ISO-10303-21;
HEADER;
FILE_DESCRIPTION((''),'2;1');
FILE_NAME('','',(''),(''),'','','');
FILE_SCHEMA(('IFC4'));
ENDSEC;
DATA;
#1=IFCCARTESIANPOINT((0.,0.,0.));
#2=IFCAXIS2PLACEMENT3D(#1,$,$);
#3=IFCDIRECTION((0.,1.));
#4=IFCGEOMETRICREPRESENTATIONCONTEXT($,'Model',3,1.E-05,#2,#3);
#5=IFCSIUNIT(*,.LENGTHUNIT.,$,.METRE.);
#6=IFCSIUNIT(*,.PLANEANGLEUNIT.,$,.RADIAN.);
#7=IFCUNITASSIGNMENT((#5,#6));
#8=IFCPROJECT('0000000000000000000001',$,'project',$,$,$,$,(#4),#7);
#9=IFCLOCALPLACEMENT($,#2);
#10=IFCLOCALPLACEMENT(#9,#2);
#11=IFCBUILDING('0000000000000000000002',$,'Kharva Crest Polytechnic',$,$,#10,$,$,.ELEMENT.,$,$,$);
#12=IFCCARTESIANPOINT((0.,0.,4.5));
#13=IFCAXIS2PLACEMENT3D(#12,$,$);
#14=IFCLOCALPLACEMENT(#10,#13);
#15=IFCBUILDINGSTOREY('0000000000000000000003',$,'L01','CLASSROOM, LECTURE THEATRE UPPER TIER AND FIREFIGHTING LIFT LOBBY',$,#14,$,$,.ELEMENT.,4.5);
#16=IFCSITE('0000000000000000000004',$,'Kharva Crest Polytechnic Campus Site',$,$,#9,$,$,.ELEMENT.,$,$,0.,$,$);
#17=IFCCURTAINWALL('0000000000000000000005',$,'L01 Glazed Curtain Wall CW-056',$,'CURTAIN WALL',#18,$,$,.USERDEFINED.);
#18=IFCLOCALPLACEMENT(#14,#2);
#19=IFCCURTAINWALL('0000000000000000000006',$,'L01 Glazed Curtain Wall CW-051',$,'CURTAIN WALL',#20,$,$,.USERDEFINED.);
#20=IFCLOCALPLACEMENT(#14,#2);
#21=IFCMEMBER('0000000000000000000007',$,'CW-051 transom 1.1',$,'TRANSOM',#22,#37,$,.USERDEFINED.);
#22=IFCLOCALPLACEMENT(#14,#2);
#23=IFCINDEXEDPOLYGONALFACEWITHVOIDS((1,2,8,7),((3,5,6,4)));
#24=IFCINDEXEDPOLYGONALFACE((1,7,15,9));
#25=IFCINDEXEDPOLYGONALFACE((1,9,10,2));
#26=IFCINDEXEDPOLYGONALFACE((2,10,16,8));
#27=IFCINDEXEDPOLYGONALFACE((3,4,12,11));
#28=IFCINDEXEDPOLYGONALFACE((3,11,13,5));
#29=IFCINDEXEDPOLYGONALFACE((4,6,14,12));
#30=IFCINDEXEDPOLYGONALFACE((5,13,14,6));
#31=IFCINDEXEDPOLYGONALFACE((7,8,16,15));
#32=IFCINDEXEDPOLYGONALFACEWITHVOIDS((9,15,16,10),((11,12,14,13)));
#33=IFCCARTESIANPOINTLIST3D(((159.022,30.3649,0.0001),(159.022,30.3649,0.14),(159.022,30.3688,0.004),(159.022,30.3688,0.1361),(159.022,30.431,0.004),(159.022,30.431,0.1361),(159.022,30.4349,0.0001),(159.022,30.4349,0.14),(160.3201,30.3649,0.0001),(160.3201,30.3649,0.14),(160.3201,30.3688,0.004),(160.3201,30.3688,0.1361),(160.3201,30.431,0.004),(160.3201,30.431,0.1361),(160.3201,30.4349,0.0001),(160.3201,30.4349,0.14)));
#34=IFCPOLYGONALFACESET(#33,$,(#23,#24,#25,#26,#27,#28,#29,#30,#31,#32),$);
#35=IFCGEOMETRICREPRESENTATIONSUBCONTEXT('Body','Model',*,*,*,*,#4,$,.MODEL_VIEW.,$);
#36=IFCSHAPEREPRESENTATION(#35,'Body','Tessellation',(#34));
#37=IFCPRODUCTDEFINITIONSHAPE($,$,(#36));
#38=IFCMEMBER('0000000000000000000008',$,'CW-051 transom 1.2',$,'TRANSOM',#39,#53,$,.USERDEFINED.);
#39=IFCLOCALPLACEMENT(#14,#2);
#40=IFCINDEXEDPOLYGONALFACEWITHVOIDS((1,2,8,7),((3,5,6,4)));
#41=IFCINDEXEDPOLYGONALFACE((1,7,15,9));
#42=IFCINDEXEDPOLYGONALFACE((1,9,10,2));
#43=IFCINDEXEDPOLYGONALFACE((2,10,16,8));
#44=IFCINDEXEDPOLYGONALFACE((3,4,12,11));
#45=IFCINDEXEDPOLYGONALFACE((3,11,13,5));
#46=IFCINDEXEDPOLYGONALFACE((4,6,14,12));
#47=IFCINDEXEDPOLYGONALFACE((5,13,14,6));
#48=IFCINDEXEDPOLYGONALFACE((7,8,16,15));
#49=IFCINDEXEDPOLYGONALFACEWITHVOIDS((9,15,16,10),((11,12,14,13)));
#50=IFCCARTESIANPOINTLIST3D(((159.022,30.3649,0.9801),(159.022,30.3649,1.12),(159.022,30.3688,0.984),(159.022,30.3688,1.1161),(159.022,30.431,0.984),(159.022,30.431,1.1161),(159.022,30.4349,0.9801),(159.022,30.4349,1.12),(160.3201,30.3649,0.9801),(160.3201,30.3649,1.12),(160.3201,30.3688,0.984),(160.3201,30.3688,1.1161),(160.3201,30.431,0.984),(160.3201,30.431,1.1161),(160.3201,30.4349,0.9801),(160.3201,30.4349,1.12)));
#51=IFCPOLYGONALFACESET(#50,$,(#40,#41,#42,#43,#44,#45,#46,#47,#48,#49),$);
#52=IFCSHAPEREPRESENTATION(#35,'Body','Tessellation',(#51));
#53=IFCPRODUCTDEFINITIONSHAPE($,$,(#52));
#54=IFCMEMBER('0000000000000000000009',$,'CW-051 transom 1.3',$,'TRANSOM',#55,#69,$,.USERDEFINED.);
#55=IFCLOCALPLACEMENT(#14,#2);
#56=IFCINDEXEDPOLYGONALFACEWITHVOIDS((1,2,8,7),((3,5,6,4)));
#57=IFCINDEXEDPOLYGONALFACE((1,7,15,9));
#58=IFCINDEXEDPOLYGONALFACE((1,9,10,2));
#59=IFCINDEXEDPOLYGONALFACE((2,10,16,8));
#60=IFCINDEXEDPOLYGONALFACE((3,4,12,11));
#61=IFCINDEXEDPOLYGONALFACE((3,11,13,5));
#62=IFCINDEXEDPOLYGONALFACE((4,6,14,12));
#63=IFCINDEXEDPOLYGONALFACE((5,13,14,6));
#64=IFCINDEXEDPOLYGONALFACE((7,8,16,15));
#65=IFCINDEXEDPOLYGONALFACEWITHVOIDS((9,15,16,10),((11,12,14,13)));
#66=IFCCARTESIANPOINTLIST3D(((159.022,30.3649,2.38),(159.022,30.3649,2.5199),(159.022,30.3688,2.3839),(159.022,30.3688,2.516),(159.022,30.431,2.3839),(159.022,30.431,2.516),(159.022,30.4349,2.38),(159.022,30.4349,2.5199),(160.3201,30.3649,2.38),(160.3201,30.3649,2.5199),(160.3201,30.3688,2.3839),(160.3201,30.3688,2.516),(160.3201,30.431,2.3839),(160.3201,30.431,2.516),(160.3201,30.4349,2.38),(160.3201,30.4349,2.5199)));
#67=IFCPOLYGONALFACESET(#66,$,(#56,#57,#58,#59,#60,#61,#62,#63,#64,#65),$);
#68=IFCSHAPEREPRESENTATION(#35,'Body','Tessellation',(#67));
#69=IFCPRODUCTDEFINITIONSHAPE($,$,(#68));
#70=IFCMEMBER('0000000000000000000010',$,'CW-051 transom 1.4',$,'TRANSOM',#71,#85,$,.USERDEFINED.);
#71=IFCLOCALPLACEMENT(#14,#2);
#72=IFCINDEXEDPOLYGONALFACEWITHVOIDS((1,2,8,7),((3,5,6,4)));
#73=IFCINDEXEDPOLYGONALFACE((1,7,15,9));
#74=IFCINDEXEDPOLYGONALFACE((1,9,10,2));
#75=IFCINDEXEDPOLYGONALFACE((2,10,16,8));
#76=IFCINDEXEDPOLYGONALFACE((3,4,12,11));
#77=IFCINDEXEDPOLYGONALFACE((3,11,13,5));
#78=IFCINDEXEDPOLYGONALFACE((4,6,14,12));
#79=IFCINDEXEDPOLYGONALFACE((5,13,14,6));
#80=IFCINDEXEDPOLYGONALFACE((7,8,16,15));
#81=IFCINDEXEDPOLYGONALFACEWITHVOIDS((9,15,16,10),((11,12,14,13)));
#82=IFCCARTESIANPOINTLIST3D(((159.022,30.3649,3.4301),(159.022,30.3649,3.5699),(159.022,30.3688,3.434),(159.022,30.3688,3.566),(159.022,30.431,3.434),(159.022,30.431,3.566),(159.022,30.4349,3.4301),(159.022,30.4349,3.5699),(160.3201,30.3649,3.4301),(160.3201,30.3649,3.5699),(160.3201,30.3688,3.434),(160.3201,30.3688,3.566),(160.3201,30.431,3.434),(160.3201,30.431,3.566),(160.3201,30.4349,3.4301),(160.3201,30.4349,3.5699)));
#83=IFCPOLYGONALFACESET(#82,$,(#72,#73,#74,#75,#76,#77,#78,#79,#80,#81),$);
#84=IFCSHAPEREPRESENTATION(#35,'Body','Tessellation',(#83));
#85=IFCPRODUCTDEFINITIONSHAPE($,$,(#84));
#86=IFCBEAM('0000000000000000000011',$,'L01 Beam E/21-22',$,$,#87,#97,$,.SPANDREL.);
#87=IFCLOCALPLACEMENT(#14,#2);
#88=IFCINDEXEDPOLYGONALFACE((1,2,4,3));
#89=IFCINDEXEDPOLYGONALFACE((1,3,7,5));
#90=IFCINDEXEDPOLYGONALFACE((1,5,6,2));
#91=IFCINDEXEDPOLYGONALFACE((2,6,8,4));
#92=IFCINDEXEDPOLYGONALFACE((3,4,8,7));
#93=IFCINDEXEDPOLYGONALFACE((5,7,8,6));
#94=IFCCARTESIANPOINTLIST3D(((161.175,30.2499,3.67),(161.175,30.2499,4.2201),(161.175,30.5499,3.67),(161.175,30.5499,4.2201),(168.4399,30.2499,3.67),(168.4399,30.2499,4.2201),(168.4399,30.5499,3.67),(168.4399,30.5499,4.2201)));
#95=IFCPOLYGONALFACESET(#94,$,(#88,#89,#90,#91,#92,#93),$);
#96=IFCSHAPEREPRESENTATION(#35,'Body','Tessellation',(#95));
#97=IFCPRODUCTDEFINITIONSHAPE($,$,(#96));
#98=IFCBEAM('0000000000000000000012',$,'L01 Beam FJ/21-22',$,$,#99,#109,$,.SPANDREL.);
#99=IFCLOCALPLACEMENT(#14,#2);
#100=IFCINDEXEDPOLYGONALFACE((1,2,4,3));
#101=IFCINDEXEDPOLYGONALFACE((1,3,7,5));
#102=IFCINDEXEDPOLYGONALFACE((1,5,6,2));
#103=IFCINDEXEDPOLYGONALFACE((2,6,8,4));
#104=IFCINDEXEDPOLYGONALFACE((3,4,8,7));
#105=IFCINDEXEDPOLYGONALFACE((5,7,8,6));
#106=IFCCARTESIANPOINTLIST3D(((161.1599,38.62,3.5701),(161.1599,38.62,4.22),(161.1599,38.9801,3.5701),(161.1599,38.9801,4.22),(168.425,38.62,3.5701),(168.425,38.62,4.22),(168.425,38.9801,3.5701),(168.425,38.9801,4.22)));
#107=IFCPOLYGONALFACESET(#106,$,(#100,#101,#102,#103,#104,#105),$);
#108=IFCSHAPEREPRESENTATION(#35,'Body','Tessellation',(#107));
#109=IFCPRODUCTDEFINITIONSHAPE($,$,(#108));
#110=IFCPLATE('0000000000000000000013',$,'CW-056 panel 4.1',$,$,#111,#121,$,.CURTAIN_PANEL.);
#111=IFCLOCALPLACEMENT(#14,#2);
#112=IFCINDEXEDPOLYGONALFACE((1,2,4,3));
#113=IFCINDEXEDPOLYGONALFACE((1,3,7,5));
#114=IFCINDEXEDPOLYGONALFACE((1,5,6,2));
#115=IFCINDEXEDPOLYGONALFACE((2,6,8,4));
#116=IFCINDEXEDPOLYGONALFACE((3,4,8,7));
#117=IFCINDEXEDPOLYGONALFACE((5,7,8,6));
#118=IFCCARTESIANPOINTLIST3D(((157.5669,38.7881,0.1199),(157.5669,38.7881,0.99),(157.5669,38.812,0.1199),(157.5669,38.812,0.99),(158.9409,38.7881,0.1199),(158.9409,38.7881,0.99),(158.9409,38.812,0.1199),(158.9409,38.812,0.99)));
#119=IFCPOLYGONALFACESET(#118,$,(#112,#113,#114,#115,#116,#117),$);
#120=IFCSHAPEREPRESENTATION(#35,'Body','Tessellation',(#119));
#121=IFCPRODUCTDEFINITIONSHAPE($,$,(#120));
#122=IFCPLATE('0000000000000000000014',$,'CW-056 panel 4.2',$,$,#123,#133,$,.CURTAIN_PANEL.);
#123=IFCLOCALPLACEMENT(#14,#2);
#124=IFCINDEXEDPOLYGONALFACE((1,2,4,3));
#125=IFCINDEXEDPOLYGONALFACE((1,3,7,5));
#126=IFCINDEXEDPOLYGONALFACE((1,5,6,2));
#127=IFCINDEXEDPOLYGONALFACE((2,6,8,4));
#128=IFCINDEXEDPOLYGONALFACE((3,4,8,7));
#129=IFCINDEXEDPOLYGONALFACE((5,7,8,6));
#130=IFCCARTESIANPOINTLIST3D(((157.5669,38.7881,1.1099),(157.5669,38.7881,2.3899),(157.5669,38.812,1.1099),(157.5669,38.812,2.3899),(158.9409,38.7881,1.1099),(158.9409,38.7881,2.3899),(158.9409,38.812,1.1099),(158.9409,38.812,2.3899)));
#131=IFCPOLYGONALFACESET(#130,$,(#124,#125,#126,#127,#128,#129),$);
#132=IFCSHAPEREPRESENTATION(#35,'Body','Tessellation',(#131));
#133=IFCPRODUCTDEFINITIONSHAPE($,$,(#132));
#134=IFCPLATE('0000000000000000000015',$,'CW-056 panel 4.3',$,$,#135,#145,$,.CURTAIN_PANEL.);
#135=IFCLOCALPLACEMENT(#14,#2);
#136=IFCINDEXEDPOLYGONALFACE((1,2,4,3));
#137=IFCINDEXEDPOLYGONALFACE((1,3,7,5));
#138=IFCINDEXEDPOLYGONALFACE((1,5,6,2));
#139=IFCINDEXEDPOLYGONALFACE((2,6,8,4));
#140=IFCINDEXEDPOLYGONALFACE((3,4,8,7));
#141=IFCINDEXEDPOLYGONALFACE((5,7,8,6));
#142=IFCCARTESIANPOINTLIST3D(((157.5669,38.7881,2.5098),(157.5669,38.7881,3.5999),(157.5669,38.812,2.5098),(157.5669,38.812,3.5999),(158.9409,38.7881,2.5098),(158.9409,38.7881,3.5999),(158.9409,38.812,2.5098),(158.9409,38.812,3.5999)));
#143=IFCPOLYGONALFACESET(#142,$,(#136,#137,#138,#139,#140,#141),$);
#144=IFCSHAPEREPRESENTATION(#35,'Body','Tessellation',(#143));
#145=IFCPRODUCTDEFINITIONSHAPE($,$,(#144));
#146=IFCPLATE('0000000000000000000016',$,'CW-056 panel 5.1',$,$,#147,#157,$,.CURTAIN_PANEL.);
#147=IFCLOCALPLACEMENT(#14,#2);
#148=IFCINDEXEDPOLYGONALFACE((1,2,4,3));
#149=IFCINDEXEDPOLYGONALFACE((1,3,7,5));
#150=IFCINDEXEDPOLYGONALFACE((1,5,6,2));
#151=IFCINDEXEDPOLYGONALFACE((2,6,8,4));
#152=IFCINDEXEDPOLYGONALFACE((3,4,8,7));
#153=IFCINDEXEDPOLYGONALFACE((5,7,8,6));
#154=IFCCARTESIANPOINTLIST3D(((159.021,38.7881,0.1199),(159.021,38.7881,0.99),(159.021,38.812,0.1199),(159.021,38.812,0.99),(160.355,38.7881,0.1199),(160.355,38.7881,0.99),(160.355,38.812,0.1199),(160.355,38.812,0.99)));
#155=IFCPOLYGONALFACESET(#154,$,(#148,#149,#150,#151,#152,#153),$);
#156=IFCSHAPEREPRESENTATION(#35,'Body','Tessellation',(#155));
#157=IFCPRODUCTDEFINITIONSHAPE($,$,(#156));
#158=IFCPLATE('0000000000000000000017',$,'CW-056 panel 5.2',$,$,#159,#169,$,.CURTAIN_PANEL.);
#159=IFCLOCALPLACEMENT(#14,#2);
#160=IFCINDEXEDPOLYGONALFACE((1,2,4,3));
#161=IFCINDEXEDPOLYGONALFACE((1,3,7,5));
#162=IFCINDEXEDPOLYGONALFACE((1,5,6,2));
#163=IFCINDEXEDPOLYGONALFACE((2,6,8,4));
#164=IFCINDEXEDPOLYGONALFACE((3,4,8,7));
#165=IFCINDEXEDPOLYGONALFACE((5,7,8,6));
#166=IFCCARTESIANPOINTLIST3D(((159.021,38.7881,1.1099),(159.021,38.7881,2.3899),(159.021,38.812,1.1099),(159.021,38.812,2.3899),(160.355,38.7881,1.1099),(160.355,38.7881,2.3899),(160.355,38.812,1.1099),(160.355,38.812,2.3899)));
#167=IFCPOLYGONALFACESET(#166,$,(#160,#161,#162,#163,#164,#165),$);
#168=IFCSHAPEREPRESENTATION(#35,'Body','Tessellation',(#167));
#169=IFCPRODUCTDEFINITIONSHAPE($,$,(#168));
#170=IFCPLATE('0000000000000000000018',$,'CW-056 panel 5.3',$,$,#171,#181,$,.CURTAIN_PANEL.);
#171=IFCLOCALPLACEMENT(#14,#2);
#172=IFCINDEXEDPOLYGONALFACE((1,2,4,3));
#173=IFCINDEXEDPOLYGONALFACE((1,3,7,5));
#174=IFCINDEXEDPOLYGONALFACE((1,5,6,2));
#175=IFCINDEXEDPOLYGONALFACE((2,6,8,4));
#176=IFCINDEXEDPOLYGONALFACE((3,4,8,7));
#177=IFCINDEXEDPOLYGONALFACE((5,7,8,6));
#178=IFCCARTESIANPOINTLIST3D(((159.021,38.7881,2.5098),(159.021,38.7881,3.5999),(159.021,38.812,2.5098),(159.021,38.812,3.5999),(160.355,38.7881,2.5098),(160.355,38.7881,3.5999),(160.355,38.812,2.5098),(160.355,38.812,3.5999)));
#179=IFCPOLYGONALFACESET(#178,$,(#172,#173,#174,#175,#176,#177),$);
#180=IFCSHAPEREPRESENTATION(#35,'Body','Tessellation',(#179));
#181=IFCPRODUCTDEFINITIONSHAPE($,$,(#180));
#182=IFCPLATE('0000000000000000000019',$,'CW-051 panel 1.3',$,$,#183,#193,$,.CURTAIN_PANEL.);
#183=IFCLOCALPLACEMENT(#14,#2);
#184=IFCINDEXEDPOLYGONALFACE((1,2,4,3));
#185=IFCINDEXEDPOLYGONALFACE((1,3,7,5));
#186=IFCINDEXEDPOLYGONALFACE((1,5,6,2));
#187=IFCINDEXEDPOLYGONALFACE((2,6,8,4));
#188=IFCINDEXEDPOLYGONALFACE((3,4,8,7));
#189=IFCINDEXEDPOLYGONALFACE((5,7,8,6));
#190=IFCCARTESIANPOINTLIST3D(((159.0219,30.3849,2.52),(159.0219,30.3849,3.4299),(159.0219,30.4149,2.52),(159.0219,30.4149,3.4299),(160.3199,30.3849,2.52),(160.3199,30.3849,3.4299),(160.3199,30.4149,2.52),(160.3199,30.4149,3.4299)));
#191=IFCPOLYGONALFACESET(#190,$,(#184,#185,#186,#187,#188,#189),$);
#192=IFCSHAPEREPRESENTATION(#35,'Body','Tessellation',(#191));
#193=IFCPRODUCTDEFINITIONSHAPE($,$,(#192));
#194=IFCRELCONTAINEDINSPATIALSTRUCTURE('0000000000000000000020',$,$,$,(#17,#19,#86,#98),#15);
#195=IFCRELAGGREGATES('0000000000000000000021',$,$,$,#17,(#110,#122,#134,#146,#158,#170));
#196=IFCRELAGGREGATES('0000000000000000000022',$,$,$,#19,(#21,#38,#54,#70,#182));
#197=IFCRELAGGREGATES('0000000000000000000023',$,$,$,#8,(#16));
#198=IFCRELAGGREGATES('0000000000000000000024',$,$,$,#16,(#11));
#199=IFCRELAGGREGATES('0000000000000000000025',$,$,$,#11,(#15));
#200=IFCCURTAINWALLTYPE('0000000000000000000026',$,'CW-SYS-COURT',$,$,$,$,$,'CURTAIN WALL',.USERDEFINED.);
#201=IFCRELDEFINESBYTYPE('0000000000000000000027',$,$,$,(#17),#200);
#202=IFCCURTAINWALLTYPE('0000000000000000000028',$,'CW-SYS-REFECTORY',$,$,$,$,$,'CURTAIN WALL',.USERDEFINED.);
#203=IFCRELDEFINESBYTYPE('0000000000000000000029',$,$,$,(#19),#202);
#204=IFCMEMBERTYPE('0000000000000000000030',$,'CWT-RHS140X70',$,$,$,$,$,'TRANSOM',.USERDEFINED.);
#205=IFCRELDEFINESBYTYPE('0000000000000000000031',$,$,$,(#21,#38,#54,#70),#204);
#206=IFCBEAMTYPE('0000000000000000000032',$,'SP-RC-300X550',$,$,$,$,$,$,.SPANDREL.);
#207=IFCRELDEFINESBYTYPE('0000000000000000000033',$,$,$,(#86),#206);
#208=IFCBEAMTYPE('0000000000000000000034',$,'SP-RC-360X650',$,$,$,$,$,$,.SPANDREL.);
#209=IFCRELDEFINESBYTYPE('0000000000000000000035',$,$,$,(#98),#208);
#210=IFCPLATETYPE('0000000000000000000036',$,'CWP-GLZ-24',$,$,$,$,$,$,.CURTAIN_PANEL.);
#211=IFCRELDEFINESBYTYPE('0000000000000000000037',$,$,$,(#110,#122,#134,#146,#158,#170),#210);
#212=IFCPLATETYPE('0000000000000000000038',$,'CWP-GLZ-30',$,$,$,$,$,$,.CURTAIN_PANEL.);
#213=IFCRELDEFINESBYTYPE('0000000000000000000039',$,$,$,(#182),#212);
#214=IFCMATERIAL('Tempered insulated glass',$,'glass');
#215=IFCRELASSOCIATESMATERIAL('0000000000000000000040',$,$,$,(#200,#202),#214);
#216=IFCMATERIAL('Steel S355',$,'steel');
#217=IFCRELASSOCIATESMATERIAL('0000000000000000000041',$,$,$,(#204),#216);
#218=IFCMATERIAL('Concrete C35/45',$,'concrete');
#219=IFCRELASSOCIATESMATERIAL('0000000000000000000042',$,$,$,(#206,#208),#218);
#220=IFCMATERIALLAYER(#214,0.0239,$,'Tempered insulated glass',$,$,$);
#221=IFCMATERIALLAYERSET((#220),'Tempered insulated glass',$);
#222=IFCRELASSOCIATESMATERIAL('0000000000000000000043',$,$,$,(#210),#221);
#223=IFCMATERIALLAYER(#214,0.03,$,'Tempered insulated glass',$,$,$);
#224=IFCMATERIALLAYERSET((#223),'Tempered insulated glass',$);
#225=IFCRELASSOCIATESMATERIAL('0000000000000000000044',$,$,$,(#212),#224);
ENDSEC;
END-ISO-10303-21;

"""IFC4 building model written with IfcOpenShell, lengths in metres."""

from ifc_helpers import new_model, si_unit, direction, frame, origin, origin_2d, place, context, subcontext, project, spatial, rectangle, hollow_rectangle, extrude, material, layer, layer_set, material_profile, profile_set, type_object, element, aggregate, save


model = new_model("IFC4")

# Units and contexts
model_context = context("Model", 3, precision=1e-05, world=origin(), true_north=direction((0.0, 1.0)))
body_context = subcontext(model_context, "Body", "Model", "MODEL_VIEW")
ifc_project = project(units=[si_unit("LENGTHUNIT", "METRE"), si_unit("PLANEANGLEUNIT", "RADIAN")], contexts=[model_context])

# Site, building, storey
site_placement = place(None, origin())
site = spatial("IfcSite", under=ifc_project, at=site_placement, Name="Kharva Crest Polytechnic Campus Site", CompositionType="ELEMENT", RefElevation=0.0)
building_placement = place(site_placement, origin())
building = spatial("IfcBuilding", under=site, at=building_placement, Name="Kharva Crest Polytechnic", CompositionType="ELEMENT")
storey_placement = place(building_placement, frame((0.0, 0.0, 4.5)))
storey = spatial("IfcBuildingStorey", under=building, at=storey_placement, Name="L01", Description="CLASSROOM, LECTURE THEATRE UPPER TIER AND FIREFIGHTING LIFT LOBBY", CompositionType="ELEMENT", Elevation=4.5)

# Curtain wall
ifc_material_1 = material(Name="Tempered insulated glass", Category="glass")
curtain_wall_type_1 = type_object("IfcCurtainWallType", Name="CW-SYS-COURT", ElementType="CURTAIN WALL", PredefinedType="USERDEFINED", material=ifc_material_1)
curtain_wall_1_placement = place(storey_placement, origin())
curtain_wall_1 = element("IfcCurtainWall", 1, at=curtain_wall_1_placement, inside=storey, type_object=curtain_wall_type_1, Name="L01 Glazed Curtain Wall CW-056", ObjectType="CURTAIN WALL", PredefinedType="USERDEFINED")
ifc_material_2 = material(Name="Steel S355", Category="steel")

# Curtain wall
curtain_wall_type_2 = type_object("IfcCurtainWallType", Name="CW-SYS-REFECTORY", ElementType="CURTAIN WALL", PredefinedType="USERDEFINED", material=ifc_material_1)
curtain_wall_2_placement = place(storey_placement, origin())
curtain_wall_2 = element("IfcCurtainWall", 2, at=curtain_wall_2_placement, inside=storey, type_object=curtain_wall_type_2, Name="L01 Glazed Curtain Wall CW-051", ObjectType="CURTAIN WALL", PredefinedType="USERDEFINED")

# Members
ifc_material_profile_1 = material_profile(ifc_material_2, hollow_rectangle(XDim=0.0701, YDim=0.1399, WallThickness=0.0039, at=origin_2d()), Name="RHS 140X70X4.0")
ifc_profile_set_1 = profile_set([ifc_material_profile_1], Name="Steel S355")
member_type_1 = type_object("IfcMemberType", Name="CWT-RHS140X70", ElementType="TRANSOM", PredefinedType="USERDEFINED", material=ifc_profile_set_1)
member_1_placement = place(storey_placement, frame((160.3201, 30.3999, 0.0701), z_axis=(-1.0, 0.0, 0.0), x_axis=(0.0, -1.0, 0.0)))
member_1 = element("IfcMember", 3, at=member_1_placement, type_object=member_type_1, Name="CW-051 transom 1.1", ObjectType="TRANSOM", PredefinedType="USERDEFINED", context=body_context, shape_type="SweptSolid", body=[
    extrude(hollow_rectangle(XDim=0.0701, YDim=0.1399, WallThickness=0.0039, at=origin_2d()), origin(), (0.0, 0.0, 1.0), 1.2981),
])
member_2_placement = place(storey_placement, frame((160.3201, 30.3999, 1.05), z_axis=(-1.0, 0.0, 0.0), x_axis=(0.0, -1.0, 0.0)))
member_2 = element("IfcMember", 4, at=member_2_placement, type_object=member_type_1, Name="CW-051 transom 1.2", ObjectType="TRANSOM", PredefinedType="USERDEFINED", context=body_context, shape_type="SweptSolid", body=[
    extrude(hollow_rectangle(XDim=0.0701, YDim=0.1399, WallThickness=0.0039, at=origin_2d()), origin(), (0.0, 0.0, 1.0), 1.2981),
])
member_3_placement = place(storey_placement, frame((160.3201, 30.3999, 2.45), z_axis=(-1.0, 0.0, 0.0), x_axis=(0.0, -1.0, 0.0)))
member_3 = element("IfcMember", 5, at=member_3_placement, type_object=member_type_1, Name="CW-051 transom 1.3", ObjectType="TRANSOM", PredefinedType="USERDEFINED", context=body_context, shape_type="SweptSolid", body=[
    extrude(hollow_rectangle(XDim=0.0701, YDim=0.1399, WallThickness=0.0039, at=origin_2d()), origin(), (0.0, 0.0, 1.0), 1.2981),
])
member_4_placement = place(storey_placement, frame((160.3201, 30.3999, 3.5), z_axis=(-1.0, 0.0, 0.0), x_axis=(0.0, -1.0, 0.0)))
member_4 = element("IfcMember", 6, at=member_4_placement, type_object=member_type_1, Name="CW-051 transom 1.4", ObjectType="TRANSOM", PredefinedType="USERDEFINED", context=body_context, shape_type="SweptSolid", body=[
    extrude(hollow_rectangle(XDim=0.0701, YDim=0.1399, WallThickness=0.0039, at=origin_2d()), origin(), (0.0, 0.0, 1.0), 1.2981),
])

# Beams
ifc_material_3 = material(Name="Concrete C35/45", Category="concrete")
ifc_material_profile_2 = material_profile(ifc_material_3, rectangle(XDim=0.3, YDim=0.55, at=origin_2d()), Name="RECT 300 X 550")
ifc_profile_set_2 = profile_set([ifc_material_profile_2], Name="Concrete C35/45")
beam_type_1 = type_object("IfcBeamType", Name="SP-RC-300X550", PredefinedType="SPANDREL", material=ifc_profile_set_2)
beam_1_placement = place(storey_placement, frame((161.175, 30.3999, 3.9451), z_axis=(1.0, 0.0, 0.0), x_axis=(0.0, 1.0, 0.0)))
element("IfcBeam", 7, at=beam_1_placement, inside=storey, type_object=beam_type_1, Name="L01 Beam E/21-22", PredefinedType="SPANDREL", context=body_context, shape_type="SweptSolid", body=[
    extrude(rectangle(XDim=0.3, YDim=0.55, at=origin_2d()), origin(), (0.0, 0.0, 1.0), 7.2649),
])
ifc_material_profile_3 = material_profile(ifc_material_3, rectangle(XDim=0.3601, YDim=0.6499, at=origin_2d()), Name="RECT 360 X 650")
ifc_profile_set_3 = profile_set([ifc_material_profile_3], Name="Concrete C35/45")
beam_type_2 = type_object("IfcBeamType", Name="SP-RC-360X650", PredefinedType="SPANDREL", material=ifc_profile_set_3)
beam_2_placement = place(storey_placement, frame((161.1599, 38.8, 3.895), z_axis=(1.0, 0.0, 0.0), x_axis=(0.0, 1.0, 0.0)))
element("IfcBeam", 8, at=beam_2_placement, inside=storey, type_object=beam_type_2, Name="L01 Beam FJ/21-22", PredefinedType="SPANDREL", context=body_context, shape_type="SweptSolid", body=[
    extrude(rectangle(XDim=0.3601, YDim=0.6499, at=origin_2d()), origin(), (0.0, 0.0, 1.0), 7.2651),
])

# Plates
ifc_layer_1 = layer(ifc_material_1, 0.0239, Name="Tempered insulated glass")
ifc_layer_set_1 = layer_set([ifc_layer_1], Name="Tempered insulated glass")
plate_type_1 = type_object("IfcPlateType", Name="CWP-GLZ-24", PredefinedType="CURTAIN_PANEL", material=ifc_layer_set_1)
plate_1_placement = place(storey_placement, frame((158.2539, 38.8, 0.1199), z_axis=(0.0, 0.0, 1.0), x_axis=(1.0, 0.0, 0.0)))
plate_1 = element("IfcPlate", 9, at=plate_1_placement, type_object=plate_type_1, Name="CW-056 panel 4.1", PredefinedType="CURTAIN_PANEL", context=body_context, shape_type="SweptSolid", body=[
    extrude(rectangle(XDim=1.374, YDim=0.0239, at=origin_2d()), origin(), (0.0, 0.0, 1.0), 0.8701),
])
plate_2_placement = place(storey_placement, frame((158.2539, 38.8, 1.1099), z_axis=(0.0, 0.0, 1.0), x_axis=(1.0, 0.0, 0.0)))
plate_2 = element("IfcPlate", 10, at=plate_2_placement, type_object=plate_type_1, Name="CW-056 panel 4.2", PredefinedType="CURTAIN_PANEL", context=body_context, shape_type="SweptSolid", body=[
    extrude(rectangle(XDim=1.374, YDim=0.0239, at=origin_2d()), origin(), (0.0, 0.0, 1.0), 1.28),
])
plate_3_placement = place(storey_placement, frame((158.2539, 38.8, 2.5098), z_axis=(0.0, 0.0, 1.0), x_axis=(1.0, 0.0, 0.0)))
plate_3 = element("IfcPlate", 11, at=plate_3_placement, type_object=plate_type_1, Name="CW-056 panel 4.3", PredefinedType="CURTAIN_PANEL", context=body_context, shape_type="SweptSolid", body=[
    extrude(rectangle(XDim=1.374, YDim=0.0239, at=origin_2d()), origin(), (0.0, 0.0, 1.0), 1.0901),
])
plate_4_placement = place(storey_placement, frame((159.688, 38.8, 0.1199), z_axis=(0.0, 0.0, 1.0), x_axis=(1.0, 0.0, 0.0)))
plate_4 = element("IfcPlate", 12, at=plate_4_placement, type_object=plate_type_1, Name="CW-056 panel 5.1", PredefinedType="CURTAIN_PANEL", context=body_context, shape_type="SweptSolid", body=[
    extrude(rectangle(XDim=1.334, YDim=0.0239, at=origin_2d()), origin(), (0.0, 0.0, 1.0), 0.8701),
])
plate_5_placement = place(storey_placement, frame((159.688, 38.8, 1.1099), z_axis=(0.0, 0.0, 1.0), x_axis=(1.0, 0.0, 0.0)))
plate_5 = element("IfcPlate", 13, at=plate_5_placement, type_object=plate_type_1, Name="CW-056 panel 5.2", PredefinedType="CURTAIN_PANEL", context=body_context, shape_type="SweptSolid", body=[
    extrude(rectangle(XDim=1.334, YDim=0.0239, at=origin_2d()), origin(), (0.0, 0.0, 1.0), 1.28),
])
plate_6_placement = place(storey_placement, frame((159.688, 38.8, 2.5098), z_axis=(0.0, 0.0, 1.0), x_axis=(1.0, 0.0, 0.0)))
plate_6 = element("IfcPlate", 14, at=plate_6_placement, type_object=plate_type_1, Name="CW-056 panel 5.3", PredefinedType="CURTAIN_PANEL", context=body_context, shape_type="SweptSolid", body=[
    extrude(rectangle(XDim=1.334, YDim=0.0239, at=origin_2d()), origin(), (0.0, 0.0, 1.0), 1.0901),
])
aggregate(curtain_wall_1, [plate_1, plate_2, plate_3, plate_4, plate_5, plate_6])
ifc_layer_2 = layer(ifc_material_1, 0.03, Name="Tempered insulated glass")
ifc_layer_set_2 = layer_set([ifc_layer_2], Name="Tempered insulated glass")
plate_type_2 = type_object("IfcPlateType", Name="CWP-GLZ-30", PredefinedType="CURTAIN_PANEL", material=ifc_layer_set_2)
plate_7_placement = place(storey_placement, frame((159.6709, 30.3999, 2.52), z_axis=(0.0, 0.0, 1.0), x_axis=(-1.0, 0.0, 0.0)))
plate_7 = element("IfcPlate", 15, at=plate_7_placement, type_object=plate_type_2, Name="CW-051 panel 1.3", PredefinedType="CURTAIN_PANEL", context=body_context, shape_type="SweptSolid", body=[
    extrude(rectangle(XDim=1.2981, YDim=0.03, at=origin_2d()), origin(), (0.0, 0.0, 1.0), 0.9099),
])
aggregate(curtain_wall_2, [member_1, member_2, member_3, member_4, plate_7])

save(model, "model.ifc")
